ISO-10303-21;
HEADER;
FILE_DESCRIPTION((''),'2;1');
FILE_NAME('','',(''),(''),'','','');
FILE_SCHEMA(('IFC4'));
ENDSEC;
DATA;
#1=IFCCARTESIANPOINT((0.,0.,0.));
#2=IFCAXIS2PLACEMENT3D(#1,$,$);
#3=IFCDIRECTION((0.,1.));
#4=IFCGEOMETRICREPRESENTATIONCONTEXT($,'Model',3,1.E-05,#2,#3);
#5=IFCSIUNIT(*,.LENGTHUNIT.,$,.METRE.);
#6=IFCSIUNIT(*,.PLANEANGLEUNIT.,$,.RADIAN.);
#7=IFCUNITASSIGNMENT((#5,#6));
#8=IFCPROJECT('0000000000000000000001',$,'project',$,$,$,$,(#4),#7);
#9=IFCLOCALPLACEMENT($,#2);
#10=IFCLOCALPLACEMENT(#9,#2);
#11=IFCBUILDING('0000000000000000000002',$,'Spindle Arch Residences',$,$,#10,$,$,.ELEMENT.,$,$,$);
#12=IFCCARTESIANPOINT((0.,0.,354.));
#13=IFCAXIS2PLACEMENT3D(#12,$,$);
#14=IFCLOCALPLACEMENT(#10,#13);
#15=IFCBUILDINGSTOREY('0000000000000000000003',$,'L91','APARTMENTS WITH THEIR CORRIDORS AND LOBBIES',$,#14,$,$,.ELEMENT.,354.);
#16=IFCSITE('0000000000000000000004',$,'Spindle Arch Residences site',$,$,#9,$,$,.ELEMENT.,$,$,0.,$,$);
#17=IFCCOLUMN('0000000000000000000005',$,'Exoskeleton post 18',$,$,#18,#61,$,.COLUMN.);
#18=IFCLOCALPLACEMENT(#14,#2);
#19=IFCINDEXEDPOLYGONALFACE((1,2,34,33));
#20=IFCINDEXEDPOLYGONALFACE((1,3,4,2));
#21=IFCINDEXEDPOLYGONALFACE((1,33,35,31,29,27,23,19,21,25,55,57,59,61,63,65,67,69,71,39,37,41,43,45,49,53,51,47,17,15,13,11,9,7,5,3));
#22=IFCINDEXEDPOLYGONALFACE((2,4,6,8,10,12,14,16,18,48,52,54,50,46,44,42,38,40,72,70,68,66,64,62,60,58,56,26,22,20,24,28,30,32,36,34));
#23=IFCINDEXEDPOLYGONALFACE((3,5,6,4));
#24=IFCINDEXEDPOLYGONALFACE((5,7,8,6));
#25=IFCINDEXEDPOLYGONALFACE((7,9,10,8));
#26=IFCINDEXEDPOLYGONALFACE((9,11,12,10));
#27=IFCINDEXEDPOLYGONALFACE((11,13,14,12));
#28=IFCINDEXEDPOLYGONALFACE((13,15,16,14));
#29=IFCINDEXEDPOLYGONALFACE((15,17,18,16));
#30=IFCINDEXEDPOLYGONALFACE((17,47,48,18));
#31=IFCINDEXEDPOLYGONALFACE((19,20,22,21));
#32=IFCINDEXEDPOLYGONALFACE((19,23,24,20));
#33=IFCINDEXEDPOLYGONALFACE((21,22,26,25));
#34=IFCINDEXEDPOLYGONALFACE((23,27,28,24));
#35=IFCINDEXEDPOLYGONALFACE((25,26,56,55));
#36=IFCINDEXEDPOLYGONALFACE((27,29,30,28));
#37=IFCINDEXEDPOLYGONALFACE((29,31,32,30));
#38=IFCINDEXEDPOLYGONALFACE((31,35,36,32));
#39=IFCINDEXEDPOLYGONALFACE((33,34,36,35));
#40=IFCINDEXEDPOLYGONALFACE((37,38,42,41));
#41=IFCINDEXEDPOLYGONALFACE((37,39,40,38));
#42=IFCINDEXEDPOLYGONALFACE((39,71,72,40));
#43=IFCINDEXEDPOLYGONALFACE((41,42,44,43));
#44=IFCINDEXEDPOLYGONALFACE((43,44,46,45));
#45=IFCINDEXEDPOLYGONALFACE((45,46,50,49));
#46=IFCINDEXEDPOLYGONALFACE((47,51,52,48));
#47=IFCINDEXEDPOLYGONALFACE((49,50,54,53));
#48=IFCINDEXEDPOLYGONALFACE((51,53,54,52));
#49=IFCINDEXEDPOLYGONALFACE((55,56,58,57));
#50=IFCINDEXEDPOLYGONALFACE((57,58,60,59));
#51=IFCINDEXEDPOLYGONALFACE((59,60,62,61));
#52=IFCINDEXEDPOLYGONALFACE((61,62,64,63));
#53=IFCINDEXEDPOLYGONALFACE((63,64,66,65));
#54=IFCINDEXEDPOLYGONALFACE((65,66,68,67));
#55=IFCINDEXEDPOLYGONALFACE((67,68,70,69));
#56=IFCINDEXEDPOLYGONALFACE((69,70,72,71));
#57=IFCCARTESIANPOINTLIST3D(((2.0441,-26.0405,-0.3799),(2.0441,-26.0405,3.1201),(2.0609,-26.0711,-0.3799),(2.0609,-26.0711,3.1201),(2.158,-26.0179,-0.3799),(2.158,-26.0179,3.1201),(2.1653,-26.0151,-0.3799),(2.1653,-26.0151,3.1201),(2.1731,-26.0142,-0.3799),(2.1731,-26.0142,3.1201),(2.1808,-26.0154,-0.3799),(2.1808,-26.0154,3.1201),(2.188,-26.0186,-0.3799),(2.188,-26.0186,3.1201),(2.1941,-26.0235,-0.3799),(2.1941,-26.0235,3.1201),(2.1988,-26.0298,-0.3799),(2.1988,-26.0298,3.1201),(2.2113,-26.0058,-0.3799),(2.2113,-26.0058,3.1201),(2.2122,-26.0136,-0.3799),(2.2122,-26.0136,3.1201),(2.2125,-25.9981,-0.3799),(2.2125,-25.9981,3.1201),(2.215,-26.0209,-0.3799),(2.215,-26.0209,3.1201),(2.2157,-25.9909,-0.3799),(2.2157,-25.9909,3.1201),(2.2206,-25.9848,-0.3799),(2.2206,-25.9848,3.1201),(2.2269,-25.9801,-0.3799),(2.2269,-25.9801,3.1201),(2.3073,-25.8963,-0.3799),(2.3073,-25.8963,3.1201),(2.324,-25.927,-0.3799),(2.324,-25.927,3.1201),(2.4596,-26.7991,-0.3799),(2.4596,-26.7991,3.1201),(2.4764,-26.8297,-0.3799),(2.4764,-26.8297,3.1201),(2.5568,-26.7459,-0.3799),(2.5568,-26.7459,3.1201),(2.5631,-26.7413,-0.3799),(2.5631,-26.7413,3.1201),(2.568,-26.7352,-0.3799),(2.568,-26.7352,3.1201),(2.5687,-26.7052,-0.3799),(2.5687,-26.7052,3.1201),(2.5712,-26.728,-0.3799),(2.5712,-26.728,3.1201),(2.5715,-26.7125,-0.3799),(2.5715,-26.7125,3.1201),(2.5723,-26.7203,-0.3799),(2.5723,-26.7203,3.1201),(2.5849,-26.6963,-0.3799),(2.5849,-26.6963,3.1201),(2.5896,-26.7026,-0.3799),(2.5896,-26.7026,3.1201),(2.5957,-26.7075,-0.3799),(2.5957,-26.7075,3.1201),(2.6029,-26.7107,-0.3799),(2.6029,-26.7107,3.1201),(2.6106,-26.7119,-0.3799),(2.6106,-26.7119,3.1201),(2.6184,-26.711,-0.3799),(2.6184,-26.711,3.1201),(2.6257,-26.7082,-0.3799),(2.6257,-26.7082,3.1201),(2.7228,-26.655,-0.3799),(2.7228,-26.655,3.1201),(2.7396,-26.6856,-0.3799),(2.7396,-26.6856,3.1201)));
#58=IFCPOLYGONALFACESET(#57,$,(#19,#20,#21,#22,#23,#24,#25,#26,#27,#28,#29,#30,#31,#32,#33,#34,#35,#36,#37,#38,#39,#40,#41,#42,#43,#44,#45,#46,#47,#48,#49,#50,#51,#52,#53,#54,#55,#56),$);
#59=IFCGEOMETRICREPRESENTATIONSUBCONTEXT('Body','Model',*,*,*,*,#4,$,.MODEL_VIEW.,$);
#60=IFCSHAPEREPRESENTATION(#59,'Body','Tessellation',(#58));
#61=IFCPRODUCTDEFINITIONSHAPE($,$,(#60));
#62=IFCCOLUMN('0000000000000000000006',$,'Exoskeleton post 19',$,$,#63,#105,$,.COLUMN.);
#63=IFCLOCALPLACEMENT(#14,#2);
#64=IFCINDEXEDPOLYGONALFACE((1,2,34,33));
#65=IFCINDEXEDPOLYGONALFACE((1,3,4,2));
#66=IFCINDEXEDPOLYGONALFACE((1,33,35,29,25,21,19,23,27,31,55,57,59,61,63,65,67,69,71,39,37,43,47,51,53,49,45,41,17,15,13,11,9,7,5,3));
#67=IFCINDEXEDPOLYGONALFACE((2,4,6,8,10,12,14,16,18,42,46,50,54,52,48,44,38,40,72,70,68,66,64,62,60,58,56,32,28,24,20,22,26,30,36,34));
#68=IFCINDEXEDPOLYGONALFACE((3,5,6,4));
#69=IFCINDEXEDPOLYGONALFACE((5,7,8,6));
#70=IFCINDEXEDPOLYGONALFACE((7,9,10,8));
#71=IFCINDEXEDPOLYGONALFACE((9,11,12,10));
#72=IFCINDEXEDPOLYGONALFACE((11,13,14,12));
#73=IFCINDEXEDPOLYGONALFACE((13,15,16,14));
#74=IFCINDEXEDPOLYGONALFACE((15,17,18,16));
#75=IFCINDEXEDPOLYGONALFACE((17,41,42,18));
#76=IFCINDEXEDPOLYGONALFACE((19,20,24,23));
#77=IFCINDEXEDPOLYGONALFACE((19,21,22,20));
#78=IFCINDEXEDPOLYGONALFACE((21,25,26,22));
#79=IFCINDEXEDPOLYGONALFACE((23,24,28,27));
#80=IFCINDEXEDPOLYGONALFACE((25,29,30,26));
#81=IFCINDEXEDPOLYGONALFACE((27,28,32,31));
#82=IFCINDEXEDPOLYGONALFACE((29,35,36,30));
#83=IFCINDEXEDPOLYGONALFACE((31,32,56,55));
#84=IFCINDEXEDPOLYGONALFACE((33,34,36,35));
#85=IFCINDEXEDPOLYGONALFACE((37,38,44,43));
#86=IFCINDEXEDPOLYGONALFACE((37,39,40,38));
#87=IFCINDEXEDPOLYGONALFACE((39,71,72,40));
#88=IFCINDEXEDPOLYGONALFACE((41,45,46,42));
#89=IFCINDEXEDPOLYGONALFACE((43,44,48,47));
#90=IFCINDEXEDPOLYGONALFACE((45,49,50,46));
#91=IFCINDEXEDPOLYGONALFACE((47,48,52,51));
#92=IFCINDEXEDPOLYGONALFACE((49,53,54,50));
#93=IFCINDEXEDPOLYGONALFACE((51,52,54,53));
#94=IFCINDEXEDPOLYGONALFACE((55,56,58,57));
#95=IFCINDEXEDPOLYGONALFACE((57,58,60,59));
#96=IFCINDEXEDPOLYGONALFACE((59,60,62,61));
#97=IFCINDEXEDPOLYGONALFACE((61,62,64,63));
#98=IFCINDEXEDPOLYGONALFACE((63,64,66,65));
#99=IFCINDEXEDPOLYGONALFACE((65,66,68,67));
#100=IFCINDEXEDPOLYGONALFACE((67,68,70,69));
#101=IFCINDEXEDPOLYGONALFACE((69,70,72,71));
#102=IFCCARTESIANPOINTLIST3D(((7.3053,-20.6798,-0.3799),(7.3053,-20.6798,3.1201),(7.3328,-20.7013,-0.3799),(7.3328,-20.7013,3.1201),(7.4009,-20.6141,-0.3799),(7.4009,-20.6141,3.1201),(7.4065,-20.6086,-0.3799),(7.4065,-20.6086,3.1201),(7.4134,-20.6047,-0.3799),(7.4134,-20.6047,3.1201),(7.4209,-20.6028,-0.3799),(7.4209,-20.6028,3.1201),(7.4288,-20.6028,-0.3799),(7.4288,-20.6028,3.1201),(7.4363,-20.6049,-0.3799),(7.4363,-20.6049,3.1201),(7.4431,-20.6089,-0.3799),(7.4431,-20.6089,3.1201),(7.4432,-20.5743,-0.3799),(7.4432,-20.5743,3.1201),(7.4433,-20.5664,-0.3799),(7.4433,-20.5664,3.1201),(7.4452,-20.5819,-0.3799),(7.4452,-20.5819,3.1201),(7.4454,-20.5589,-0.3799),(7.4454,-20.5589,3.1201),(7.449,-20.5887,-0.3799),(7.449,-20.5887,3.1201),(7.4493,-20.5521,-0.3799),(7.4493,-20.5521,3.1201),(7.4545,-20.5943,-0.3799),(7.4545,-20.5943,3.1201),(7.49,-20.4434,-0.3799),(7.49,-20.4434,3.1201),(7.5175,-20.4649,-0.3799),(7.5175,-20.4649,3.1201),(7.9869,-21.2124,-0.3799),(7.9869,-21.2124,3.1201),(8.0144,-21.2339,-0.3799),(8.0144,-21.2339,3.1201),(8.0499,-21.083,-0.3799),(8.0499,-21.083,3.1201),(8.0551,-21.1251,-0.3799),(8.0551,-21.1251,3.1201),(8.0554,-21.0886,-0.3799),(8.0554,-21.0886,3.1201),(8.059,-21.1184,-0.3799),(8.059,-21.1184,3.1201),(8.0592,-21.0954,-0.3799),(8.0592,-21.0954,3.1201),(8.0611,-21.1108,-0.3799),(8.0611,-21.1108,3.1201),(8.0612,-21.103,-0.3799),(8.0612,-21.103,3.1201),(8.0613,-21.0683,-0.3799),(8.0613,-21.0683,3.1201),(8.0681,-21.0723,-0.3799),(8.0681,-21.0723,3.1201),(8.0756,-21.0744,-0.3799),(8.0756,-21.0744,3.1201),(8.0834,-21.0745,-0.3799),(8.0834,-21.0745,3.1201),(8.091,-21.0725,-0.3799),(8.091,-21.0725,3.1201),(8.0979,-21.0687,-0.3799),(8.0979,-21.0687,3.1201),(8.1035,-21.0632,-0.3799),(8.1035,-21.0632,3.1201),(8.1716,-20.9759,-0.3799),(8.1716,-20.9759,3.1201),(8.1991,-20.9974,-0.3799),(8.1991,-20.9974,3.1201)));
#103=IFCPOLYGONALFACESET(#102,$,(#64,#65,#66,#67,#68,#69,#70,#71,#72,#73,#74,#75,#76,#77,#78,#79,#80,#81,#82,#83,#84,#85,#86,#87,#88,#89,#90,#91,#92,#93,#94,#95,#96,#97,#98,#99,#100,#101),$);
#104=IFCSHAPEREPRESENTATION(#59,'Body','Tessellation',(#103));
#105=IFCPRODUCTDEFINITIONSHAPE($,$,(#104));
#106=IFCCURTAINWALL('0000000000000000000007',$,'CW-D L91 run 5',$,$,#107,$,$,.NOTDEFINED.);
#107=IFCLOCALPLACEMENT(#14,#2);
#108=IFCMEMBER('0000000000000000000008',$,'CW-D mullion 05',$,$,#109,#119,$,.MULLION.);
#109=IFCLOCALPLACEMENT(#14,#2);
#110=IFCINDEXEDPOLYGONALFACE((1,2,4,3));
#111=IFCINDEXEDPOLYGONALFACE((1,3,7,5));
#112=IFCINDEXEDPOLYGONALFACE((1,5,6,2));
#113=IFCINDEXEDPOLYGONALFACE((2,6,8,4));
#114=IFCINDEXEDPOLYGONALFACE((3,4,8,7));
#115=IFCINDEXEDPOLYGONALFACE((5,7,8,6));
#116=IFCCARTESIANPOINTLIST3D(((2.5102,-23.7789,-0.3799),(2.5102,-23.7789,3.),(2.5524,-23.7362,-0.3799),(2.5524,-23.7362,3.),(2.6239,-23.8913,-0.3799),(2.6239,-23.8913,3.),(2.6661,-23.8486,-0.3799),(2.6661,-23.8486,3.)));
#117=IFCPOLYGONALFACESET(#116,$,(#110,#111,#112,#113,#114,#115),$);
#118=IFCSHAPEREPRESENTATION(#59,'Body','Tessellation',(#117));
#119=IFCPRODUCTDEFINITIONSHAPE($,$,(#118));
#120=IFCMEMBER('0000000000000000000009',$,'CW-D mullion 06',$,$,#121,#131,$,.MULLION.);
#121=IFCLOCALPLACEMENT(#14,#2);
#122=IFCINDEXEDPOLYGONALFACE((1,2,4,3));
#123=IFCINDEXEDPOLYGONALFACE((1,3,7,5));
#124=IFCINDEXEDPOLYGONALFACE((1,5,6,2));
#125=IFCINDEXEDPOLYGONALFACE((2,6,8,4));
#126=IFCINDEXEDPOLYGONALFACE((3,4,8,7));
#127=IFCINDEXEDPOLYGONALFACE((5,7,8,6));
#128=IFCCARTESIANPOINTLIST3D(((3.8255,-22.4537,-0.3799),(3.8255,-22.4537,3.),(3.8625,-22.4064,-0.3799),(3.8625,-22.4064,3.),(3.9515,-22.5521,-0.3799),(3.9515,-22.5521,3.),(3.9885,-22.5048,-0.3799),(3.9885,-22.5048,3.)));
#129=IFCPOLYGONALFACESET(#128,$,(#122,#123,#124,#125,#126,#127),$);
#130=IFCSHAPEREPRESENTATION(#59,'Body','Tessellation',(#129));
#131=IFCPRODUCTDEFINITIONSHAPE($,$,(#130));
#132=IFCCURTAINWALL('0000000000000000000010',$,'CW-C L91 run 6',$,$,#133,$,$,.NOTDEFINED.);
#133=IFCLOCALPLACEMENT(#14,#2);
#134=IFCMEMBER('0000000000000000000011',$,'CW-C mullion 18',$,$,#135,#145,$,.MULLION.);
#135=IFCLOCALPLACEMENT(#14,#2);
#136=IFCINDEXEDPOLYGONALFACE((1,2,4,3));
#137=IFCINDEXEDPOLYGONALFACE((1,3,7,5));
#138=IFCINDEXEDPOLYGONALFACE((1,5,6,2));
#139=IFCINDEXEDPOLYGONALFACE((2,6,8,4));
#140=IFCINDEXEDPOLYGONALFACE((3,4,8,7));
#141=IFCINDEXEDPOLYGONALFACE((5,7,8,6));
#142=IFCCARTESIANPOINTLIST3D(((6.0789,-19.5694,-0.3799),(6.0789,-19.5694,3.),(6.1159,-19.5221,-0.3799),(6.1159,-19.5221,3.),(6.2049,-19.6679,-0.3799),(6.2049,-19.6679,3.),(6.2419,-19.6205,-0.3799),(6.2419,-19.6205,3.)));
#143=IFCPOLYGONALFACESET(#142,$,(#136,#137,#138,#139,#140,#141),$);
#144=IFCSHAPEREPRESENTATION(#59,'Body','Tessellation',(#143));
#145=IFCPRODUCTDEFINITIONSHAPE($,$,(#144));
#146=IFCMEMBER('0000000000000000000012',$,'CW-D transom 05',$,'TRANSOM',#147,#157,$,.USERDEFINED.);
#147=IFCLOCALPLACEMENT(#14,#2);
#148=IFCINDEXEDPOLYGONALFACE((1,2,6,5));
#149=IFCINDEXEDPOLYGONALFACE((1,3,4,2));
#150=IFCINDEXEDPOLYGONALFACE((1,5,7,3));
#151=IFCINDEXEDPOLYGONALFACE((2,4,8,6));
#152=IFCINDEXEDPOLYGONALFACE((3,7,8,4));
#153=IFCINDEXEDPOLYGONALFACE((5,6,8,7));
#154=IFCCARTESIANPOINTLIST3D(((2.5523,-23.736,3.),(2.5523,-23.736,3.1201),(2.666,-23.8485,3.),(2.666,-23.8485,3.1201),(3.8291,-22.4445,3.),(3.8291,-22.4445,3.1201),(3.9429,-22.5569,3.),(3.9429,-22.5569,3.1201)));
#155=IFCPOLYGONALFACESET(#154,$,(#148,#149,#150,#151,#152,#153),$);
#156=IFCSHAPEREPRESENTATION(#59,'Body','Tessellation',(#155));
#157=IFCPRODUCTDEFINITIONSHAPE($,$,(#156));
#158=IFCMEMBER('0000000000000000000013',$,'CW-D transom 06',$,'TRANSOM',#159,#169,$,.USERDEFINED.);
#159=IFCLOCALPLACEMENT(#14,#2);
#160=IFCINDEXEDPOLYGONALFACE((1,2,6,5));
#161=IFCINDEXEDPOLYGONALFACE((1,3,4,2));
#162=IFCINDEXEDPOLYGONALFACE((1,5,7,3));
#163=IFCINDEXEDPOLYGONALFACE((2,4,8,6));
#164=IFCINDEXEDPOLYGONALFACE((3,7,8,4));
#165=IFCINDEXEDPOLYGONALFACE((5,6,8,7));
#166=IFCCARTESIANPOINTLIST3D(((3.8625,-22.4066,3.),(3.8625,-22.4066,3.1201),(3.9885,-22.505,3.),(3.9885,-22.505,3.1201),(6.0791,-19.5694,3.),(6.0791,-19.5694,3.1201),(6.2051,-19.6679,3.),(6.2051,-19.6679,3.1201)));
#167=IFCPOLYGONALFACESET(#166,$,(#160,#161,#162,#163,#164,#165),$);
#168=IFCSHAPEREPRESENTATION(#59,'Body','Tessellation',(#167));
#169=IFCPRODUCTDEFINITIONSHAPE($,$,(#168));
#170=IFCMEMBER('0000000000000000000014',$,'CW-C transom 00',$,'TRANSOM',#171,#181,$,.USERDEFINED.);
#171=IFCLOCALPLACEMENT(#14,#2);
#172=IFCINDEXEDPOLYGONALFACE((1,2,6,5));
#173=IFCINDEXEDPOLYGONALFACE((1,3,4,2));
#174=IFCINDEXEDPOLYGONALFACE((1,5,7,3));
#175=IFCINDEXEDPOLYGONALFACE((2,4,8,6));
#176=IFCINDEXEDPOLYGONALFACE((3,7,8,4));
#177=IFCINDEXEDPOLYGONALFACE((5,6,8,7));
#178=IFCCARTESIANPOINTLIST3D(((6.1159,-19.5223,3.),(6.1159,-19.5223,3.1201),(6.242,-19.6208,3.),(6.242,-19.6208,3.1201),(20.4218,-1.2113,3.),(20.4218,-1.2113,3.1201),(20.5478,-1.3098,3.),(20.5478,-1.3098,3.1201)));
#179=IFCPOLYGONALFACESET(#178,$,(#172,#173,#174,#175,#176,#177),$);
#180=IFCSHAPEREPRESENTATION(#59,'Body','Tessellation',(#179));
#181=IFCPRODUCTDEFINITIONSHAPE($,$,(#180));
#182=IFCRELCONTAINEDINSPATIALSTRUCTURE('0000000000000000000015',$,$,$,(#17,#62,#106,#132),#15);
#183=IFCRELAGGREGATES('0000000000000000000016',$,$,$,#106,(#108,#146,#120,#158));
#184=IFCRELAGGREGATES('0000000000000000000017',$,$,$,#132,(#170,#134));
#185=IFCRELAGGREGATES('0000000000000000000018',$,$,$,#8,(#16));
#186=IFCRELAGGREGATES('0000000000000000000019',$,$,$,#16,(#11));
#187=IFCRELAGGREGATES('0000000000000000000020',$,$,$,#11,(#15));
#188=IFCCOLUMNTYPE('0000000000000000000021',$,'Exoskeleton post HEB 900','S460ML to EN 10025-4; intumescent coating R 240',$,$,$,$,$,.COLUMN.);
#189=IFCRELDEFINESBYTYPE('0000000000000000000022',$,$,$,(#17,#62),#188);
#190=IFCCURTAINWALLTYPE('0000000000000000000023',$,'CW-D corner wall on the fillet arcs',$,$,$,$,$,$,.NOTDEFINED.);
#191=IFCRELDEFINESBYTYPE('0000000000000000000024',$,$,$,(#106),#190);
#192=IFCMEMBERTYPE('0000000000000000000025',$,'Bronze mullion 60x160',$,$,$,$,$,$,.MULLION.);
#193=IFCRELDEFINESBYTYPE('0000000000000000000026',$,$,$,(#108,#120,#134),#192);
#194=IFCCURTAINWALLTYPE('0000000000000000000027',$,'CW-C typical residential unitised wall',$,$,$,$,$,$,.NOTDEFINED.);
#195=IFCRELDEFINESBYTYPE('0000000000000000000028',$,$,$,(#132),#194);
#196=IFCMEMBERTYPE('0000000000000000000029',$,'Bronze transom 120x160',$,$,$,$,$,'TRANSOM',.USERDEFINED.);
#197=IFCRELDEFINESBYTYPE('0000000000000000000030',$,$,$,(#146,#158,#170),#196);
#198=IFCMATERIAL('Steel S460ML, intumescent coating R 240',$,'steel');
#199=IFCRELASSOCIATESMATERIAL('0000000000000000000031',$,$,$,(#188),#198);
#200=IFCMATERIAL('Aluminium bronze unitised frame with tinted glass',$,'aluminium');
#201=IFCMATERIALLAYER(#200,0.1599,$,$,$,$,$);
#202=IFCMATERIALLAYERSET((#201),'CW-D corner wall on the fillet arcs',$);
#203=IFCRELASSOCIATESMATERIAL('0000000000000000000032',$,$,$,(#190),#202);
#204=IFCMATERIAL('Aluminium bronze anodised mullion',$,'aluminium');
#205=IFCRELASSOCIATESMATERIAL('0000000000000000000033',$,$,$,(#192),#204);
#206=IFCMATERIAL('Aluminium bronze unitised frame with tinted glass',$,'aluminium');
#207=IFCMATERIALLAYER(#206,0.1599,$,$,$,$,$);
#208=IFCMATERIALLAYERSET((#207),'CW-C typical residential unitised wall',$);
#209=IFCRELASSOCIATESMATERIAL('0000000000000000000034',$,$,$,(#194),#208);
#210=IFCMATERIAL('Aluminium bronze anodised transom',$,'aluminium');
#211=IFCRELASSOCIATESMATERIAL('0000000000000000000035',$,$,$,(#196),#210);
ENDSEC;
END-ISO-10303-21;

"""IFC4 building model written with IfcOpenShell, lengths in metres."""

from ifc_helpers import new_model, si_unit, direction, frame, origin, origin_2d, place, context, subcontext, project, spatial, rectangle, i_section, extrude, material, layer, layer_set, material_profile, profile_set, type_object, element, aggregate, save


model = new_model("IFC4")

# Units and contexts
model_context = context("Model", 3, precision=1e-05, world=origin(), true_north=direction((0.0, 1.0)))
body_context = subcontext(model_context, "Body", "Model", "MODEL_VIEW")
ifc_project = project(units=[si_unit("LENGTHUNIT", "METRE"), si_unit("PLANEANGLEUNIT", "RADIAN")], contexts=[model_context])

# Site, building, storey
site_placement = place(None, origin())
site = spatial("IfcSite", under=ifc_project, at=site_placement, Name="Spindle Arch Residences site", CompositionType="ELEMENT", RefElevation=0.0)
building_placement = place(site_placement, origin())
building = spatial("IfcBuilding", under=site, at=building_placement, Name="Spindle Arch Residences", CompositionType="ELEMENT")
storey_placement = place(building_placement, frame((0.0, 0.0, 354.0)))
storey = spatial("IfcBuildingStorey", under=building, at=storey_placement, Name="L91", Description="APARTMENTS WITH THEIR CORRIDORS AND LOBBIES", CompositionType="ELEMENT", Elevation=354.0)

# Columns
ifc_material_1 = material(Name="Steel S460ML, intumescent coating R 240", Category="steel")
ifc_material_profile_1 = material_profile(ifc_material_1, i_section(OverallWidth=0.3, OverallDepth=0.8999, WebThickness=0.0186, FlangeThickness=0.0349, FilletRadius=0.03, at=origin_2d()), Name="HEB 900")
ifc_profile_set_1 = profile_set([ifc_material_profile_1], Name="Steel S460ML, intumescent coating R 240")
column_type = type_object("IfcColumnType", Name="Exoskeleton post HEB 900", Description="S460ML to EN 10025-4; intumescent coating R 240", PredefinedType="COLUMN", material=ifc_profile_set_1)
for number, where, z_axis, x_axis, name in (
    (1, (2.3918, -26.363, -0.3799), (0.0, 0.0, 1.0), (-0.877055, -0.480389, 0.0), "Exoskeleton post 18"),
    (2, (7.7522, -20.8386, -0.3799), (0.0, 0.0, 1.0), (-0.615661, -0.788011, 0.0), "Exoskeleton post 19"),
):
    element("IfcColumn", number, at=place(storey_placement, frame(where, z_axis=z_axis, x_axis=x_axis)), inside=storey, type_object=column_type, Name=name, PredefinedType="COLUMN", context=body_context, shape_type="SweptSolid", body=[
        extrude(i_section(OverallWidth=0.3, OverallDepth=0.8999, WebThickness=0.0186, FlangeThickness=0.0349, FilletRadius=0.03, at=origin_2d()), origin(), (0.0, 0.0, 1.0), 3.5),
    ])

# Curtain wall, members
ifc_material_2 = material(Name="Aluminium bronze unitised frame with tinted glass", Category="aluminium")
ifc_layer_1 = layer(ifc_material_2, 0.1599)
ifc_layer_set_1 = layer_set([ifc_layer_1], Name="CW-D corner wall on the fillet arcs")
curtain_wall_type_1 = type_object("IfcCurtainWallType", Name="CW-D corner wall on the fillet arcs", PredefinedType="NOTDEFINED", material=ifc_layer_set_1)
curtain_wall_1_placement = place(storey_placement, origin())
curtain_wall_1 = element("IfcCurtainWall", 3, at=curtain_wall_1_placement, inside=storey, type_object=curtain_wall_type_1, Name="CW-D L91 run 5", PredefinedType="NOTDEFINED")
ifc_material_3 = material(Name="Aluminium bronze anodised mullion", Category="aluminium")
ifc_material_profile_2 = material_profile(ifc_material_3, rectangle(XDim=0.1599, YDim=0.0601, at=origin_2d()), Name="MU 60x160")
ifc_profile_set_2 = profile_set([ifc_material_profile_2], Name="Aluminium bronze anodised mullion")
member_type_1 = type_object("IfcMemberType", Name="Bronze mullion 60x160", PredefinedType="MULLION", material=ifc_profile_set_2)
member_1_placement = place(storey_placement, frame((2.5881, -23.8137, -0.3799), z_axis=(0.0, 0.0, 1.0), x_axis=(-0.711209, 0.702981, 0.0)))
member_1 = element("IfcMember", 4, at=member_1_placement, type_object=member_type_1, Name="CW-D mullion 05", PredefinedType="MULLION", context=body_context, shape_type="SweptSolid", body=[
    extrude(rectangle(XDim=0.1599, YDim=0.0601, at=origin_2d()), origin(), (0.0, 0.0, 1.0), 3.3799),
])
member_2_placement = place(storey_placement, frame((3.907, -22.4792, -0.3799), z_axis=(0.0, 0.0, 1.0), x_axis=(-0.788011, 0.615661, 0.0)))
member_2 = element("IfcMember", 5, at=member_2_placement, type_object=member_type_1, Name="CW-D mullion 06", PredefinedType="MULLION", context=body_context, shape_type="SweptSolid", body=[
    extrude(rectangle(XDim=0.1599, YDim=0.0601, at=origin_2d()), origin(), (0.0, 0.0, 1.0), 3.3799),
])

# Curtain wall, member
ifc_material_4 = material(Name="Aluminium bronze unitised frame with tinted glass", Category="aluminium")
ifc_layer_2 = layer(ifc_material_4, 0.1599)
ifc_layer_set_2 = layer_set([ifc_layer_2], Name="CW-C typical residential unitised wall")
curtain_wall_type_2 = type_object("IfcCurtainWallType", Name="CW-C typical residential unitised wall", PredefinedType="NOTDEFINED", material=ifc_layer_set_2)
curtain_wall_2_placement = place(storey_placement, origin())
curtain_wall_2 = element("IfcCurtainWall", 6, at=curtain_wall_2_placement, inside=storey, type_object=curtain_wall_type_2, Name="CW-C L91 run 6", PredefinedType="NOTDEFINED")
member_3_placement = place(storey_placement, frame((6.1604, -19.595, -0.3799), z_axis=(0.0, 0.0, 1.0), x_axis=(-0.788011, 0.615661, 0.0)))
member_3 = element("IfcMember", 7, at=member_3_placement, type_object=member_type_1, Name="CW-C mullion 18", PredefinedType="MULLION", context=body_context, shape_type="SweptSolid", body=[
    extrude(rectangle(XDim=0.1599, YDim=0.0601, at=origin_2d()), origin(), (0.0, 0.0, 1.0), 3.3799),
])

# Members
ifc_material_5 = material(Name="Aluminium bronze anodised transom", Category="aluminium")
ifc_material_profile_3 = material_profile(ifc_material_5, rectangle(XDim=0.1599, YDim=0.1201, at=origin_2d()), Name="TR 120x160")
ifc_profile_set_3 = profile_set([ifc_material_profile_3], Name="Aluminium bronze anodised transom")
member_type_2 = type_object("IfcMemberType", Name="Bronze transom 120x160", ElementType="TRANSOM", PredefinedType="USERDEFINED", material=ifc_profile_set_3)
member_4_placement = place(storey_placement, frame((2.6091, -23.7922, 3.0601), z_axis=(0.703062, 0.711128, 0.0), x_axis=(-0.711128, 0.703062, 0.0)))
member_4 = element("IfcMember", 8, at=member_4_placement, type_object=member_type_2, Name="CW-D transom 05", ObjectType="TRANSOM", PredefinedType="USERDEFINED", context=body_context, shape_type="SweptSolid", body=[
    extrude(rectangle(XDim=0.1599, YDim=0.1201, at=origin_2d()), origin(), (0.0, 0.0, 1.0), 1.8162),
])
member_5_placement = place(storey_placement, frame((3.9255, -22.4558, 3.0601), z_axis=(0.615648, 0.788021, 0.0), x_axis=(-0.788021, 0.615648, 0.0)))
member_5 = element("IfcMember", 9, at=member_5_placement, type_object=member_type_2, Name="CW-D transom 06", ObjectType="TRANSOM", PredefinedType="USERDEFINED", context=body_context, shape_type="SweptSolid", body=[
    extrude(rectangle(XDim=0.1599, YDim=0.1201, at=origin_2d()), origin(), (0.0, 0.0, 1.0), 3.6003),
])
member_6_placement = place(storey_placement, frame((6.179, -19.5715, 3.0601), z_axis=(0.615655, 0.788016, 0.0), x_axis=(-0.788016, 0.615655, 0.0)))
member_6 = element("IfcMember", 10, at=member_6_placement, type_object=member_type_2, Name="CW-C transom 00", ObjectType="TRANSOM", PredefinedType="USERDEFINED", context=body_context, shape_type="SweptSolid", body=[
    extrude(rectangle(XDim=0.1599, YDim=0.1201, at=origin_2d()), origin(), (0.0, 0.0, 1.0), 23.2368),
])

aggregate(curtain_wall_1, [member_1, member_4, member_2, member_5])
aggregate(curtain_wall_2, [member_6, member_3])

save(model, "model.ifc")
